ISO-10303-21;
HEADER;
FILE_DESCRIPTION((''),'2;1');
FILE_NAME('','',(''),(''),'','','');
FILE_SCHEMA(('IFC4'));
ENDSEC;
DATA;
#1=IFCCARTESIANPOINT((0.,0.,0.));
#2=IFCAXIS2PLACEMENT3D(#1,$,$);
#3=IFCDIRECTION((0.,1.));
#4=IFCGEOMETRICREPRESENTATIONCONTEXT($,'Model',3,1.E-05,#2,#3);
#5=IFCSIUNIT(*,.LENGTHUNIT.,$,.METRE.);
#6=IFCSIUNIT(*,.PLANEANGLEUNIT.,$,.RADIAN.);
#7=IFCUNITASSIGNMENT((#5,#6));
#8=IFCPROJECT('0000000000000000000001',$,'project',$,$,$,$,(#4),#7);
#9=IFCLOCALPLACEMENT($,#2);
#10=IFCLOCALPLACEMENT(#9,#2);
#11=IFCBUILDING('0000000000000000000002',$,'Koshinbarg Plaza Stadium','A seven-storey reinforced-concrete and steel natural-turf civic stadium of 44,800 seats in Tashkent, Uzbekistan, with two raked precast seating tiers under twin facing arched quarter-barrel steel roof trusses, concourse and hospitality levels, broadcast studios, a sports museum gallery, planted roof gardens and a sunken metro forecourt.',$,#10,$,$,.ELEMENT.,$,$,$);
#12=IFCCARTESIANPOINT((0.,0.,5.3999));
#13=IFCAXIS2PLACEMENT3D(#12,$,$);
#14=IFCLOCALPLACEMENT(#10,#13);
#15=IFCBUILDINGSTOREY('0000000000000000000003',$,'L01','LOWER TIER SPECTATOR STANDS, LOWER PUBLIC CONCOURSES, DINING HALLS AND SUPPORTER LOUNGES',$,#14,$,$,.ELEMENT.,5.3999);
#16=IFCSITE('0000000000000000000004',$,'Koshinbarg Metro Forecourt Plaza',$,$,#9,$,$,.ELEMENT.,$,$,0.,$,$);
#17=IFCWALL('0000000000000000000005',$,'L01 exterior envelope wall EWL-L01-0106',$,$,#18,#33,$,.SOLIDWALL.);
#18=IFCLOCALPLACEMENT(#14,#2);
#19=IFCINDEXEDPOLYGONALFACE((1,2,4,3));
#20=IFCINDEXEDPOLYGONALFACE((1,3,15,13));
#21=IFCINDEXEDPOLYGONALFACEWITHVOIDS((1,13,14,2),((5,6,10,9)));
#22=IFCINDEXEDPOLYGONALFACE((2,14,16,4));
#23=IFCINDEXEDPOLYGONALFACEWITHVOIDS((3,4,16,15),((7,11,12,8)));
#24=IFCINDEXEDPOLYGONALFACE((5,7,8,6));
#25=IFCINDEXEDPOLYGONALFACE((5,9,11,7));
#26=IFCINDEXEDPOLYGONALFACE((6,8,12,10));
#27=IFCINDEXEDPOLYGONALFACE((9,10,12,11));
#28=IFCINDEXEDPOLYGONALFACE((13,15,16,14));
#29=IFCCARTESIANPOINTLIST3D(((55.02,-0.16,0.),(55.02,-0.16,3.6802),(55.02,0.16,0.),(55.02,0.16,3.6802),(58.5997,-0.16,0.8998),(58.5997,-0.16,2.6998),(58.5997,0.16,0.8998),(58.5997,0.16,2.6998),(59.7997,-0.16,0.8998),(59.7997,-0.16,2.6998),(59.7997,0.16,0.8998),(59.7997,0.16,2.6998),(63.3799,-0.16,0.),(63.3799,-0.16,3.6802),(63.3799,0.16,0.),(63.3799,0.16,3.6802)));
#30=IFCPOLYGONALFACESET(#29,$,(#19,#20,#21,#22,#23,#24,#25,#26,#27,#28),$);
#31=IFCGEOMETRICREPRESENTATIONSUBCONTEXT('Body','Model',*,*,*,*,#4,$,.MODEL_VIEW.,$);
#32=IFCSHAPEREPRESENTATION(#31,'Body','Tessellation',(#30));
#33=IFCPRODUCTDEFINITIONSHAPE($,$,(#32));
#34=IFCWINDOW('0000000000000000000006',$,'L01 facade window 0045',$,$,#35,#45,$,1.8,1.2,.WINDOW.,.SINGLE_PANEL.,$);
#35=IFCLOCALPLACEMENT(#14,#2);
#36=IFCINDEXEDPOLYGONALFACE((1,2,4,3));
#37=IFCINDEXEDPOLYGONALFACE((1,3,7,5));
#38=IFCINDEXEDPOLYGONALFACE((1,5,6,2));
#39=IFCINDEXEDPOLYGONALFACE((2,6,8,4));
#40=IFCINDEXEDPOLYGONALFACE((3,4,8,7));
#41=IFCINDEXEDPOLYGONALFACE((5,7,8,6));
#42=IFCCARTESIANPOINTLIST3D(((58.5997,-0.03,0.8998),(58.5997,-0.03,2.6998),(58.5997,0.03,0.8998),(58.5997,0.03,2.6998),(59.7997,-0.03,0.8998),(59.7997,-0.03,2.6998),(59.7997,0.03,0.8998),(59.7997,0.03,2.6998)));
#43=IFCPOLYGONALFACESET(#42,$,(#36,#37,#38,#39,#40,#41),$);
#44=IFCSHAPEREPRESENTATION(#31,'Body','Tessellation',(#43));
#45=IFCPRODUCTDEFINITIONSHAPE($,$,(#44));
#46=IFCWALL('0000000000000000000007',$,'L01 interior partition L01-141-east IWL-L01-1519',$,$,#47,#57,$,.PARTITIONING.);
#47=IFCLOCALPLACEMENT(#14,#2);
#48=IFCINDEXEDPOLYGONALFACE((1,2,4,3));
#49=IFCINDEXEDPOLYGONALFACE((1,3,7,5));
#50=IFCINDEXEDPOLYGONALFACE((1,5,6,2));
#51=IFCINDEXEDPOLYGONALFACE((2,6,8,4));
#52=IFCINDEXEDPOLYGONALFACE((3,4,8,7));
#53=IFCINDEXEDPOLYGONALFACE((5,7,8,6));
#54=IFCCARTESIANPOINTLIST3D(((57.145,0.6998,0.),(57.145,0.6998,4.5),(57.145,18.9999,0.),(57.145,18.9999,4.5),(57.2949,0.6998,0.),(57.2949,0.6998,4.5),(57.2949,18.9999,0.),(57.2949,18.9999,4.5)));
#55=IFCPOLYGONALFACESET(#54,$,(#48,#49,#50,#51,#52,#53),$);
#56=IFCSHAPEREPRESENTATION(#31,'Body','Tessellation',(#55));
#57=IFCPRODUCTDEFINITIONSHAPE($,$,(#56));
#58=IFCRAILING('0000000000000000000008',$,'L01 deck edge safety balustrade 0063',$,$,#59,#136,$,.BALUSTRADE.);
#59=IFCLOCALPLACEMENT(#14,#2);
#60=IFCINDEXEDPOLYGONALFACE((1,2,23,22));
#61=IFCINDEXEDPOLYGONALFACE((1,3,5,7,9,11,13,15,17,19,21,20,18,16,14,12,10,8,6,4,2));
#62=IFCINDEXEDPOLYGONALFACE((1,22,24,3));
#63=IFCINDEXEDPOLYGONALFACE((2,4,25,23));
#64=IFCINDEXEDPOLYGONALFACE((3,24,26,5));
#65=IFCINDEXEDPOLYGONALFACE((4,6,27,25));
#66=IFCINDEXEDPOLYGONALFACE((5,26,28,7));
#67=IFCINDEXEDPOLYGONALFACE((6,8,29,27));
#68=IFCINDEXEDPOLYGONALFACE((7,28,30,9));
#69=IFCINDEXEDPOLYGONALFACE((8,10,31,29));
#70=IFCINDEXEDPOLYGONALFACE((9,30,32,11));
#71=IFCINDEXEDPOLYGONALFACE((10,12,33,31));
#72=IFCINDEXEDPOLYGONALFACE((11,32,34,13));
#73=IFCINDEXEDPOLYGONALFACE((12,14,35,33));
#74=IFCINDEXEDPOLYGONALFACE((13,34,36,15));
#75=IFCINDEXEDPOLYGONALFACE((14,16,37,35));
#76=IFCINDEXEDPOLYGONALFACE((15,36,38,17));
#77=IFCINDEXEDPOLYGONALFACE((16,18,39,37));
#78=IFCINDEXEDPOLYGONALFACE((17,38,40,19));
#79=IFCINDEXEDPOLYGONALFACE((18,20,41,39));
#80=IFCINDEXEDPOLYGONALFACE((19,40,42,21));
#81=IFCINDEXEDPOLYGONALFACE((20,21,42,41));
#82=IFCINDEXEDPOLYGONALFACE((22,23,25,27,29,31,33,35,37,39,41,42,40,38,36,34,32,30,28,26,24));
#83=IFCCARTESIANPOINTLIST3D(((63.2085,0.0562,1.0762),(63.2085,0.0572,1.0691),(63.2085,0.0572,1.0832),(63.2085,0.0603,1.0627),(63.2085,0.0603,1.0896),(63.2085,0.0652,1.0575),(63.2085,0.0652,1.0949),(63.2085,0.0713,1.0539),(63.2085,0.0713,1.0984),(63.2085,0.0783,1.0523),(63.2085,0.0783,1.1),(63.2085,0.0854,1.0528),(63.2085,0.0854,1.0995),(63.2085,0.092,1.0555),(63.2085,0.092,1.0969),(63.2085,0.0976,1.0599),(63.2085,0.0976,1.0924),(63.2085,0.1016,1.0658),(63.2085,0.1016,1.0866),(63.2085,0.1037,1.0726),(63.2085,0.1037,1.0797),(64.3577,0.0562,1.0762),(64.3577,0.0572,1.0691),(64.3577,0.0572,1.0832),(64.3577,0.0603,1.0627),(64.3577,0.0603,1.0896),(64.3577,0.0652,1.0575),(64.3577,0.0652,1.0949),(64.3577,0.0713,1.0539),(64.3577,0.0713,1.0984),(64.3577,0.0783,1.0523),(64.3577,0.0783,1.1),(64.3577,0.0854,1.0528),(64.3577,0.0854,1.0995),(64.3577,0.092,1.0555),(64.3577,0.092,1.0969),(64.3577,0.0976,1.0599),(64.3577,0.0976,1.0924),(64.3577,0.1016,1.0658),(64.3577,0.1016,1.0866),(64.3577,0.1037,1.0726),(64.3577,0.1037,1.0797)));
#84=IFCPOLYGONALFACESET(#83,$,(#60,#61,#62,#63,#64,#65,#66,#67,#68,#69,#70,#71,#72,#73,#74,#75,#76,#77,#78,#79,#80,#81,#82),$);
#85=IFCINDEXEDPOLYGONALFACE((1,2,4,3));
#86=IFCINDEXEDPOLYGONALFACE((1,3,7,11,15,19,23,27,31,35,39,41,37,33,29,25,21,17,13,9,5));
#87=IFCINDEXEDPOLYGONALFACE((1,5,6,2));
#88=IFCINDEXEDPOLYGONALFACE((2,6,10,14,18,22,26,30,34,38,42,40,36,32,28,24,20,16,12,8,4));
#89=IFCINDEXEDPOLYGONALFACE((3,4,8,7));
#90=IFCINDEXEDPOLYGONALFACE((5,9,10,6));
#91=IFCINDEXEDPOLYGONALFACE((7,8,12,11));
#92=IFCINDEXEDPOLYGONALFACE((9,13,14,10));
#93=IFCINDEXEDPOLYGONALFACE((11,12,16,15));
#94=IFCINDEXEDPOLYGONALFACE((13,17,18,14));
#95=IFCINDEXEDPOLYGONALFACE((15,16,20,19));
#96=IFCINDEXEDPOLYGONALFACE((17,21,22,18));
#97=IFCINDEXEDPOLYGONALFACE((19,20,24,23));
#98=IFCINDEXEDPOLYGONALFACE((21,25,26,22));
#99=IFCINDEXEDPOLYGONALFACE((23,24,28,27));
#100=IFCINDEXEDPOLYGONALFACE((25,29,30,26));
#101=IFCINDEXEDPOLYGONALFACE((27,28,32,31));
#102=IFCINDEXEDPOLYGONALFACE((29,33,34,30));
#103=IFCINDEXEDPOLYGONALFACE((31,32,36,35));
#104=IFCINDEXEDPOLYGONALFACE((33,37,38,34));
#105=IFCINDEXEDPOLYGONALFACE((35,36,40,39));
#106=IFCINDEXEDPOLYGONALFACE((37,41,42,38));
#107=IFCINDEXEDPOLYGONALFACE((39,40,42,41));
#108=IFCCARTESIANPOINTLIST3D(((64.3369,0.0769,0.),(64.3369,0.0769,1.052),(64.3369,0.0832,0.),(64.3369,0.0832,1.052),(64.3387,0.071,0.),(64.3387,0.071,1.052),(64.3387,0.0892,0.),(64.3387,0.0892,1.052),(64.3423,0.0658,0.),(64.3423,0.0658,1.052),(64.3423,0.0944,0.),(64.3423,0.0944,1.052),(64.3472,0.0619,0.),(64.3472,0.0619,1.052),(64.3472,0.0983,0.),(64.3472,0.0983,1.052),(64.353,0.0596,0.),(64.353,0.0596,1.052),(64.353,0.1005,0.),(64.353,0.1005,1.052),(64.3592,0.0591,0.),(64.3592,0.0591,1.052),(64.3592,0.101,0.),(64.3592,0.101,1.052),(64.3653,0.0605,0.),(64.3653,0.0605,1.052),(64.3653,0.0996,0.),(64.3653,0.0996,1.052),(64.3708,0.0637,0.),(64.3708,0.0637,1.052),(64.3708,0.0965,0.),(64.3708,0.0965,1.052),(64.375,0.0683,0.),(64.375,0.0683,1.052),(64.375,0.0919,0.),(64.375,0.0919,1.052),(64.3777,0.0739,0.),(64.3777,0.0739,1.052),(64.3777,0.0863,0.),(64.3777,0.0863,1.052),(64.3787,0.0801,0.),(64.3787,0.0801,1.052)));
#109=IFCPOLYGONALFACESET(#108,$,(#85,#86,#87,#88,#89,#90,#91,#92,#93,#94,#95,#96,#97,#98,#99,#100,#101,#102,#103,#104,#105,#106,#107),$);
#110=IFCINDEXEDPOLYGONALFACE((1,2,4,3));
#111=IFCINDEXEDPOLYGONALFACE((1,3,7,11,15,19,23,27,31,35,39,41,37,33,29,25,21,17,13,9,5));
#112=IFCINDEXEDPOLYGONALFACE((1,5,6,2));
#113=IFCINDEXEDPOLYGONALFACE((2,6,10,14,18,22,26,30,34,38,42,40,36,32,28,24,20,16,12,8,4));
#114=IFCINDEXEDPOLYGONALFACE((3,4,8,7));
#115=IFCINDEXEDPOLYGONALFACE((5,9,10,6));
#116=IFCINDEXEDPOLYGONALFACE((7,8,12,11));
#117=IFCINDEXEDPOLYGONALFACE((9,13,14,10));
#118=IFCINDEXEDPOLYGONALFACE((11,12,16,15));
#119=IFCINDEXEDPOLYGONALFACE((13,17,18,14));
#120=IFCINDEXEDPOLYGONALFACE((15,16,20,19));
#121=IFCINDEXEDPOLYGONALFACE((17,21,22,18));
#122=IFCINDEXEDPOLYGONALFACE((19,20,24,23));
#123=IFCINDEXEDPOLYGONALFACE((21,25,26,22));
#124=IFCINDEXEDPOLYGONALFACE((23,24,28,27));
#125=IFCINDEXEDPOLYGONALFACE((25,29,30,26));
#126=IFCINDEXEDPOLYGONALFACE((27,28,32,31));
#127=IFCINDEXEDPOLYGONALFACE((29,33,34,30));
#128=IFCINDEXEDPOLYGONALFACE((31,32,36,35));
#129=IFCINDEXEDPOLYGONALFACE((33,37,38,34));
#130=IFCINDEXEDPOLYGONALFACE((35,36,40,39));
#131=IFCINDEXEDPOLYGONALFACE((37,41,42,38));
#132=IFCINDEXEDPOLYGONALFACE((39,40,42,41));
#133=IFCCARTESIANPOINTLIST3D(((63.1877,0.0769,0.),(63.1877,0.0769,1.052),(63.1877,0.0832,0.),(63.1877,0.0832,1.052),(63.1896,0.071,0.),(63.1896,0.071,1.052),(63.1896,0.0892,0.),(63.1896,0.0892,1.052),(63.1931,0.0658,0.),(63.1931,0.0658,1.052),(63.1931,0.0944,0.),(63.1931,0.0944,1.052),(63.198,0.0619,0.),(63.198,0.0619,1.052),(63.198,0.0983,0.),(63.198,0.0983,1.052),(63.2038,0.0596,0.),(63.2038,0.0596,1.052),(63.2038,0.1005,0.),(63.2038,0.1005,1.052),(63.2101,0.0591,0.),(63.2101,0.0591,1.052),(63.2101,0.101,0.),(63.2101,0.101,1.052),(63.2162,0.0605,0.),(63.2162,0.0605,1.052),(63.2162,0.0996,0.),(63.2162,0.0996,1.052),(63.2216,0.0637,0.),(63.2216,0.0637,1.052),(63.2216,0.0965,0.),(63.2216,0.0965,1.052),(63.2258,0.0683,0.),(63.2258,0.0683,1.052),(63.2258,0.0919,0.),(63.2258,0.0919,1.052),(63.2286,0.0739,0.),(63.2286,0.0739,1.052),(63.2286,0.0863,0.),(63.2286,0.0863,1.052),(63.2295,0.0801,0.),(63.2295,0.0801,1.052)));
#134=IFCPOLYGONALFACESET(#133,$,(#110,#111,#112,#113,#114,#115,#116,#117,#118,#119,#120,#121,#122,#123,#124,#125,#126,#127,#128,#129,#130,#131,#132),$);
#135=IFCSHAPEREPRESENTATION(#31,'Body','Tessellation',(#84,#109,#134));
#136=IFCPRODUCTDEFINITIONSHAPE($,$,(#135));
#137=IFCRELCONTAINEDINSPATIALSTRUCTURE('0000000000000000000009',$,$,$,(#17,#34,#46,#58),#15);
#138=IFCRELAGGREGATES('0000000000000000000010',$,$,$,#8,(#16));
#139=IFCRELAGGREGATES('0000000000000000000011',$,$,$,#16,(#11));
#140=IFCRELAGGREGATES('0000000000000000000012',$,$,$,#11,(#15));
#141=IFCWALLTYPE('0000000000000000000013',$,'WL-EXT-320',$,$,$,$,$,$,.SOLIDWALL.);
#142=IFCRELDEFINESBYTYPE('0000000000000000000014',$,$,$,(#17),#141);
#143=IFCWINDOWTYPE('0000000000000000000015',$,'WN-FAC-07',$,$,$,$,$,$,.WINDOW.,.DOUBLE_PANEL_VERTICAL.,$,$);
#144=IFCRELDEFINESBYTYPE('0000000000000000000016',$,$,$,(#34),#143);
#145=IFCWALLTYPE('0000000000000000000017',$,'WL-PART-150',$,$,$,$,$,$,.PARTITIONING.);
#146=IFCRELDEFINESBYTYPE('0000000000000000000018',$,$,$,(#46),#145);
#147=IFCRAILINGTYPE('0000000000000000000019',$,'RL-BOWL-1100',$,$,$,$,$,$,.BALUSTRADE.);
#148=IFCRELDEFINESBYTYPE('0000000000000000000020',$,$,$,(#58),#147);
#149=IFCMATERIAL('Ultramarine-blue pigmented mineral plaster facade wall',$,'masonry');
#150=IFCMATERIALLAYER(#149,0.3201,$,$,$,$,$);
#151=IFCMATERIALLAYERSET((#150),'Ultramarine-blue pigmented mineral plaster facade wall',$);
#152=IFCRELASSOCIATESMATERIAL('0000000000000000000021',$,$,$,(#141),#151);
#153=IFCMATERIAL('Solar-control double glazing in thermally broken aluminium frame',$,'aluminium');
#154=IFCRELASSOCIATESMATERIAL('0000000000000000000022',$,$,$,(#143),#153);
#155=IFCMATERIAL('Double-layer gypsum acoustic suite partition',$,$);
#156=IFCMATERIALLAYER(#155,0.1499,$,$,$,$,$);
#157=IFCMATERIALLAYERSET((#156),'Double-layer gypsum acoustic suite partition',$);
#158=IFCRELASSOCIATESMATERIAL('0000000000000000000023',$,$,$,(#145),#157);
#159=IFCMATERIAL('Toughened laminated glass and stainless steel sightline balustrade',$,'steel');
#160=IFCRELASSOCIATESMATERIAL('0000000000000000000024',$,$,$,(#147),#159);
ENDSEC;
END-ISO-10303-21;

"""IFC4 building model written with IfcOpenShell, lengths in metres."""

from ifc_helpers import new_model, si_unit, direction, frame, frame_2d, origin, origin_2d, place, context, subcontext, project, spatial, rectangle, circle, extrude, material, layer, layer_set, type_object, element, fill, save


model = new_model("IFC4")

# Units and contexts
model_context = context("Model", 3, precision=1e-05, world=origin(), true_north=direction((0.0, 1.0)))
body_context = subcontext(model_context, "Body", "Model", "MODEL_VIEW")
ifc_project = project(units=[si_unit("LENGTHUNIT", "METRE"), si_unit("PLANEANGLEUNIT", "RADIAN")], contexts=[model_context])

# Site, building, storey
site_placement = place(None, origin())
site = spatial("IfcSite", under=ifc_project, at=site_placement, Name="Koshinbarg Metro Forecourt Plaza", CompositionType="ELEMENT", RefElevation=0.0)
building_placement = place(site_placement, origin())
building = spatial("IfcBuilding", under=site, at=building_placement, Name="Koshinbarg Plaza Stadium", Description="A seven-storey reinforced-concrete and steel natural-turf civic stadium of 44,800 seats in Tashkent, Uzbekistan, with two raked precast seating tiers under twin facing arched quarter-barrel steel roof trusses, concourse and hospitality levels, broadcast studios, a sports museum gallery, planted roof gardens and a sunken metro forecourt.", CompositionType="ELEMENT")
storey_placement = place(building_placement, frame((0.0, 0.0, 5.3999)))
storey = spatial("IfcBuildingStorey", under=building, at=storey_placement, Name="L01", Description="LOWER TIER SPECTATOR STANDS, LOWER PUBLIC CONCOURSES, DINING HALLS AND SUPPORTER LOUNGES", CompositionType="ELEMENT", Elevation=5.3999)

# Wall, opening, window
ifc_material_1 = material(Name="Ultramarine-blue pigmented mineral plaster facade wall", Category="masonry")
ifc_layer_1 = layer(ifc_material_1, 0.3201)
ifc_layer_set_1 = layer_set([ifc_layer_1], Name="Ultramarine-blue pigmented mineral plaster facade wall")
wall_type_1 = type_object("IfcWallType", Name="WL-EXT-320", PredefinedType="SOLIDWALL", material=ifc_layer_set_1)
wall_1_placement = place(storey_placement, frame((63.3799, 0.0, 0.0), z_axis=(0.0, 0.0, 1.0), x_axis=(-1.0, 0.0, 0.0)))
wall_1 = element("IfcWall", 1, at=wall_1_placement, inside=storey, type_object=wall_type_1, Name="L01 exterior envelope wall EWL-L01-0106", PredefinedType="SOLIDWALL", context=body_context, shape_type="SweptSolid", body=[
    extrude(rectangle(XDim=8.3599, YDim=0.3201, at=frame_2d((4.1799, 0.0))), origin(), (0.0, 0.0, 1.0), 3.6802),
])
opening_placement = place(wall_1_placement, frame((3.5801, 0.0, 0.8999)))
opening = element("IfcOpeningElement", 2, at=opening_placement, cuts=wall_1, PredefinedType="OPENING", context=body_context, shape_type="SweptSolid", body=[
    extrude(rectangle(XDim=1.2, YDim=1.8, at=frame_2d((0.6001, 0.8999))), frame((0.0, 0.1699, 0.0), z_axis=(0.0, -1.0, 0.0), x_axis=(1.0, 0.0, 0.0)), (0.0, 0.0, 1.0), 0.3401),
])
ifc_material_2 = material(Name="Solar-control double glazing in thermally broken aluminium frame", Category="aluminium")
window_type = type_object("IfcWindowType", Name="WN-FAC-07", PartitioningType="DOUBLE_PANEL_VERTICAL", PredefinedType="WINDOW", material=ifc_material_2)
window_placement = place(opening_placement, origin())
window = element("IfcWindow", 3, at=window_placement, inside=storey, type_object=window_type, Name="L01 facade window 0045", OverallHeight=1.8, OverallWidth=1.2, PartitioningType="SINGLE_PANEL", PredefinedType="WINDOW", context=body_context, shape_type="SweptSolid", body=[
    extrude(rectangle(XDim=1.2, YDim=1.8, at=frame_2d((0.6001, 0.8999))), frame((0.0, 0.03, 0.0), z_axis=(0.0, -1.0, 0.0), x_axis=(1.0, 0.0, 0.0)), (0.0, 0.0, 1.0), 0.0601),
])
fill(opening, window)

# Wall
ifc_material_3 = material(Name="Double-layer gypsum acoustic suite partition")
ifc_layer_2 = layer(ifc_material_3, 0.1499)
ifc_layer_set_2 = layer_set([ifc_layer_2], Name="Double-layer gypsum acoustic suite partition")
wall_type_2 = type_object("IfcWallType", Name="WL-PART-150", PredefinedType="PARTITIONING", material=ifc_layer_set_2)
wall_2_placement = place(storey_placement, frame((57.22, 0.7, 0.0), z_axis=(0.0, 0.0, 1.0), x_axis=(0.0, 1.0, 0.0)))
element("IfcWall", 4, at=wall_2_placement, inside=storey, type_object=wall_type_2, Name="L01 interior partition L01-141-east IWL-L01-1519", PredefinedType="PARTITIONING", context=body_context, shape_type="SweptSolid", body=[
    extrude(rectangle(XDim=18.3, YDim=0.1499, at=frame_2d((9.1499, 0.0))), origin(), (0.0, 0.0, 1.0), 4.5),
])

# Railing
ifc_material_4 = material(Name="Toughened laminated glass and stainless steel sightline balustrade", Category="steel")
railing_type = type_object("IfcRailingType", Name="RL-BOWL-1100", PredefinedType="BALUSTRADE", material=ifc_material_4)
railing_1_placement = place(storey_placement, frame((64.3577, 0.0801, 0.0)))
element("IfcRailing", 5, at=railing_1_placement, inside=storey, type_object=railing_type, Name="L01 deck edge safety balustrade 0063", PredefinedType="BALUSTRADE", context=body_context, shape_type="SweptSolid", body=[
    extrude(circle(Radius=0.0239, at=origin_2d()), frame((0.0, 0.0, 1.0762), z_axis=(-1.0, 0.0, 0.0), x_axis=(0.0, -1.0, 0.0)), (0.0, 0.0, 1.0), 1.1492),
    extrude(circle(Radius=0.021, at=origin_2d()), origin(), (0.0, 0.0, 1.0), 1.052),
    extrude(circle(Radius=0.021, at=origin_2d()), frame((-1.1492, 0.0, 0.0)), (0.0, 0.0, 1.0), 1.052),
])

save(model, "model.ifc")
